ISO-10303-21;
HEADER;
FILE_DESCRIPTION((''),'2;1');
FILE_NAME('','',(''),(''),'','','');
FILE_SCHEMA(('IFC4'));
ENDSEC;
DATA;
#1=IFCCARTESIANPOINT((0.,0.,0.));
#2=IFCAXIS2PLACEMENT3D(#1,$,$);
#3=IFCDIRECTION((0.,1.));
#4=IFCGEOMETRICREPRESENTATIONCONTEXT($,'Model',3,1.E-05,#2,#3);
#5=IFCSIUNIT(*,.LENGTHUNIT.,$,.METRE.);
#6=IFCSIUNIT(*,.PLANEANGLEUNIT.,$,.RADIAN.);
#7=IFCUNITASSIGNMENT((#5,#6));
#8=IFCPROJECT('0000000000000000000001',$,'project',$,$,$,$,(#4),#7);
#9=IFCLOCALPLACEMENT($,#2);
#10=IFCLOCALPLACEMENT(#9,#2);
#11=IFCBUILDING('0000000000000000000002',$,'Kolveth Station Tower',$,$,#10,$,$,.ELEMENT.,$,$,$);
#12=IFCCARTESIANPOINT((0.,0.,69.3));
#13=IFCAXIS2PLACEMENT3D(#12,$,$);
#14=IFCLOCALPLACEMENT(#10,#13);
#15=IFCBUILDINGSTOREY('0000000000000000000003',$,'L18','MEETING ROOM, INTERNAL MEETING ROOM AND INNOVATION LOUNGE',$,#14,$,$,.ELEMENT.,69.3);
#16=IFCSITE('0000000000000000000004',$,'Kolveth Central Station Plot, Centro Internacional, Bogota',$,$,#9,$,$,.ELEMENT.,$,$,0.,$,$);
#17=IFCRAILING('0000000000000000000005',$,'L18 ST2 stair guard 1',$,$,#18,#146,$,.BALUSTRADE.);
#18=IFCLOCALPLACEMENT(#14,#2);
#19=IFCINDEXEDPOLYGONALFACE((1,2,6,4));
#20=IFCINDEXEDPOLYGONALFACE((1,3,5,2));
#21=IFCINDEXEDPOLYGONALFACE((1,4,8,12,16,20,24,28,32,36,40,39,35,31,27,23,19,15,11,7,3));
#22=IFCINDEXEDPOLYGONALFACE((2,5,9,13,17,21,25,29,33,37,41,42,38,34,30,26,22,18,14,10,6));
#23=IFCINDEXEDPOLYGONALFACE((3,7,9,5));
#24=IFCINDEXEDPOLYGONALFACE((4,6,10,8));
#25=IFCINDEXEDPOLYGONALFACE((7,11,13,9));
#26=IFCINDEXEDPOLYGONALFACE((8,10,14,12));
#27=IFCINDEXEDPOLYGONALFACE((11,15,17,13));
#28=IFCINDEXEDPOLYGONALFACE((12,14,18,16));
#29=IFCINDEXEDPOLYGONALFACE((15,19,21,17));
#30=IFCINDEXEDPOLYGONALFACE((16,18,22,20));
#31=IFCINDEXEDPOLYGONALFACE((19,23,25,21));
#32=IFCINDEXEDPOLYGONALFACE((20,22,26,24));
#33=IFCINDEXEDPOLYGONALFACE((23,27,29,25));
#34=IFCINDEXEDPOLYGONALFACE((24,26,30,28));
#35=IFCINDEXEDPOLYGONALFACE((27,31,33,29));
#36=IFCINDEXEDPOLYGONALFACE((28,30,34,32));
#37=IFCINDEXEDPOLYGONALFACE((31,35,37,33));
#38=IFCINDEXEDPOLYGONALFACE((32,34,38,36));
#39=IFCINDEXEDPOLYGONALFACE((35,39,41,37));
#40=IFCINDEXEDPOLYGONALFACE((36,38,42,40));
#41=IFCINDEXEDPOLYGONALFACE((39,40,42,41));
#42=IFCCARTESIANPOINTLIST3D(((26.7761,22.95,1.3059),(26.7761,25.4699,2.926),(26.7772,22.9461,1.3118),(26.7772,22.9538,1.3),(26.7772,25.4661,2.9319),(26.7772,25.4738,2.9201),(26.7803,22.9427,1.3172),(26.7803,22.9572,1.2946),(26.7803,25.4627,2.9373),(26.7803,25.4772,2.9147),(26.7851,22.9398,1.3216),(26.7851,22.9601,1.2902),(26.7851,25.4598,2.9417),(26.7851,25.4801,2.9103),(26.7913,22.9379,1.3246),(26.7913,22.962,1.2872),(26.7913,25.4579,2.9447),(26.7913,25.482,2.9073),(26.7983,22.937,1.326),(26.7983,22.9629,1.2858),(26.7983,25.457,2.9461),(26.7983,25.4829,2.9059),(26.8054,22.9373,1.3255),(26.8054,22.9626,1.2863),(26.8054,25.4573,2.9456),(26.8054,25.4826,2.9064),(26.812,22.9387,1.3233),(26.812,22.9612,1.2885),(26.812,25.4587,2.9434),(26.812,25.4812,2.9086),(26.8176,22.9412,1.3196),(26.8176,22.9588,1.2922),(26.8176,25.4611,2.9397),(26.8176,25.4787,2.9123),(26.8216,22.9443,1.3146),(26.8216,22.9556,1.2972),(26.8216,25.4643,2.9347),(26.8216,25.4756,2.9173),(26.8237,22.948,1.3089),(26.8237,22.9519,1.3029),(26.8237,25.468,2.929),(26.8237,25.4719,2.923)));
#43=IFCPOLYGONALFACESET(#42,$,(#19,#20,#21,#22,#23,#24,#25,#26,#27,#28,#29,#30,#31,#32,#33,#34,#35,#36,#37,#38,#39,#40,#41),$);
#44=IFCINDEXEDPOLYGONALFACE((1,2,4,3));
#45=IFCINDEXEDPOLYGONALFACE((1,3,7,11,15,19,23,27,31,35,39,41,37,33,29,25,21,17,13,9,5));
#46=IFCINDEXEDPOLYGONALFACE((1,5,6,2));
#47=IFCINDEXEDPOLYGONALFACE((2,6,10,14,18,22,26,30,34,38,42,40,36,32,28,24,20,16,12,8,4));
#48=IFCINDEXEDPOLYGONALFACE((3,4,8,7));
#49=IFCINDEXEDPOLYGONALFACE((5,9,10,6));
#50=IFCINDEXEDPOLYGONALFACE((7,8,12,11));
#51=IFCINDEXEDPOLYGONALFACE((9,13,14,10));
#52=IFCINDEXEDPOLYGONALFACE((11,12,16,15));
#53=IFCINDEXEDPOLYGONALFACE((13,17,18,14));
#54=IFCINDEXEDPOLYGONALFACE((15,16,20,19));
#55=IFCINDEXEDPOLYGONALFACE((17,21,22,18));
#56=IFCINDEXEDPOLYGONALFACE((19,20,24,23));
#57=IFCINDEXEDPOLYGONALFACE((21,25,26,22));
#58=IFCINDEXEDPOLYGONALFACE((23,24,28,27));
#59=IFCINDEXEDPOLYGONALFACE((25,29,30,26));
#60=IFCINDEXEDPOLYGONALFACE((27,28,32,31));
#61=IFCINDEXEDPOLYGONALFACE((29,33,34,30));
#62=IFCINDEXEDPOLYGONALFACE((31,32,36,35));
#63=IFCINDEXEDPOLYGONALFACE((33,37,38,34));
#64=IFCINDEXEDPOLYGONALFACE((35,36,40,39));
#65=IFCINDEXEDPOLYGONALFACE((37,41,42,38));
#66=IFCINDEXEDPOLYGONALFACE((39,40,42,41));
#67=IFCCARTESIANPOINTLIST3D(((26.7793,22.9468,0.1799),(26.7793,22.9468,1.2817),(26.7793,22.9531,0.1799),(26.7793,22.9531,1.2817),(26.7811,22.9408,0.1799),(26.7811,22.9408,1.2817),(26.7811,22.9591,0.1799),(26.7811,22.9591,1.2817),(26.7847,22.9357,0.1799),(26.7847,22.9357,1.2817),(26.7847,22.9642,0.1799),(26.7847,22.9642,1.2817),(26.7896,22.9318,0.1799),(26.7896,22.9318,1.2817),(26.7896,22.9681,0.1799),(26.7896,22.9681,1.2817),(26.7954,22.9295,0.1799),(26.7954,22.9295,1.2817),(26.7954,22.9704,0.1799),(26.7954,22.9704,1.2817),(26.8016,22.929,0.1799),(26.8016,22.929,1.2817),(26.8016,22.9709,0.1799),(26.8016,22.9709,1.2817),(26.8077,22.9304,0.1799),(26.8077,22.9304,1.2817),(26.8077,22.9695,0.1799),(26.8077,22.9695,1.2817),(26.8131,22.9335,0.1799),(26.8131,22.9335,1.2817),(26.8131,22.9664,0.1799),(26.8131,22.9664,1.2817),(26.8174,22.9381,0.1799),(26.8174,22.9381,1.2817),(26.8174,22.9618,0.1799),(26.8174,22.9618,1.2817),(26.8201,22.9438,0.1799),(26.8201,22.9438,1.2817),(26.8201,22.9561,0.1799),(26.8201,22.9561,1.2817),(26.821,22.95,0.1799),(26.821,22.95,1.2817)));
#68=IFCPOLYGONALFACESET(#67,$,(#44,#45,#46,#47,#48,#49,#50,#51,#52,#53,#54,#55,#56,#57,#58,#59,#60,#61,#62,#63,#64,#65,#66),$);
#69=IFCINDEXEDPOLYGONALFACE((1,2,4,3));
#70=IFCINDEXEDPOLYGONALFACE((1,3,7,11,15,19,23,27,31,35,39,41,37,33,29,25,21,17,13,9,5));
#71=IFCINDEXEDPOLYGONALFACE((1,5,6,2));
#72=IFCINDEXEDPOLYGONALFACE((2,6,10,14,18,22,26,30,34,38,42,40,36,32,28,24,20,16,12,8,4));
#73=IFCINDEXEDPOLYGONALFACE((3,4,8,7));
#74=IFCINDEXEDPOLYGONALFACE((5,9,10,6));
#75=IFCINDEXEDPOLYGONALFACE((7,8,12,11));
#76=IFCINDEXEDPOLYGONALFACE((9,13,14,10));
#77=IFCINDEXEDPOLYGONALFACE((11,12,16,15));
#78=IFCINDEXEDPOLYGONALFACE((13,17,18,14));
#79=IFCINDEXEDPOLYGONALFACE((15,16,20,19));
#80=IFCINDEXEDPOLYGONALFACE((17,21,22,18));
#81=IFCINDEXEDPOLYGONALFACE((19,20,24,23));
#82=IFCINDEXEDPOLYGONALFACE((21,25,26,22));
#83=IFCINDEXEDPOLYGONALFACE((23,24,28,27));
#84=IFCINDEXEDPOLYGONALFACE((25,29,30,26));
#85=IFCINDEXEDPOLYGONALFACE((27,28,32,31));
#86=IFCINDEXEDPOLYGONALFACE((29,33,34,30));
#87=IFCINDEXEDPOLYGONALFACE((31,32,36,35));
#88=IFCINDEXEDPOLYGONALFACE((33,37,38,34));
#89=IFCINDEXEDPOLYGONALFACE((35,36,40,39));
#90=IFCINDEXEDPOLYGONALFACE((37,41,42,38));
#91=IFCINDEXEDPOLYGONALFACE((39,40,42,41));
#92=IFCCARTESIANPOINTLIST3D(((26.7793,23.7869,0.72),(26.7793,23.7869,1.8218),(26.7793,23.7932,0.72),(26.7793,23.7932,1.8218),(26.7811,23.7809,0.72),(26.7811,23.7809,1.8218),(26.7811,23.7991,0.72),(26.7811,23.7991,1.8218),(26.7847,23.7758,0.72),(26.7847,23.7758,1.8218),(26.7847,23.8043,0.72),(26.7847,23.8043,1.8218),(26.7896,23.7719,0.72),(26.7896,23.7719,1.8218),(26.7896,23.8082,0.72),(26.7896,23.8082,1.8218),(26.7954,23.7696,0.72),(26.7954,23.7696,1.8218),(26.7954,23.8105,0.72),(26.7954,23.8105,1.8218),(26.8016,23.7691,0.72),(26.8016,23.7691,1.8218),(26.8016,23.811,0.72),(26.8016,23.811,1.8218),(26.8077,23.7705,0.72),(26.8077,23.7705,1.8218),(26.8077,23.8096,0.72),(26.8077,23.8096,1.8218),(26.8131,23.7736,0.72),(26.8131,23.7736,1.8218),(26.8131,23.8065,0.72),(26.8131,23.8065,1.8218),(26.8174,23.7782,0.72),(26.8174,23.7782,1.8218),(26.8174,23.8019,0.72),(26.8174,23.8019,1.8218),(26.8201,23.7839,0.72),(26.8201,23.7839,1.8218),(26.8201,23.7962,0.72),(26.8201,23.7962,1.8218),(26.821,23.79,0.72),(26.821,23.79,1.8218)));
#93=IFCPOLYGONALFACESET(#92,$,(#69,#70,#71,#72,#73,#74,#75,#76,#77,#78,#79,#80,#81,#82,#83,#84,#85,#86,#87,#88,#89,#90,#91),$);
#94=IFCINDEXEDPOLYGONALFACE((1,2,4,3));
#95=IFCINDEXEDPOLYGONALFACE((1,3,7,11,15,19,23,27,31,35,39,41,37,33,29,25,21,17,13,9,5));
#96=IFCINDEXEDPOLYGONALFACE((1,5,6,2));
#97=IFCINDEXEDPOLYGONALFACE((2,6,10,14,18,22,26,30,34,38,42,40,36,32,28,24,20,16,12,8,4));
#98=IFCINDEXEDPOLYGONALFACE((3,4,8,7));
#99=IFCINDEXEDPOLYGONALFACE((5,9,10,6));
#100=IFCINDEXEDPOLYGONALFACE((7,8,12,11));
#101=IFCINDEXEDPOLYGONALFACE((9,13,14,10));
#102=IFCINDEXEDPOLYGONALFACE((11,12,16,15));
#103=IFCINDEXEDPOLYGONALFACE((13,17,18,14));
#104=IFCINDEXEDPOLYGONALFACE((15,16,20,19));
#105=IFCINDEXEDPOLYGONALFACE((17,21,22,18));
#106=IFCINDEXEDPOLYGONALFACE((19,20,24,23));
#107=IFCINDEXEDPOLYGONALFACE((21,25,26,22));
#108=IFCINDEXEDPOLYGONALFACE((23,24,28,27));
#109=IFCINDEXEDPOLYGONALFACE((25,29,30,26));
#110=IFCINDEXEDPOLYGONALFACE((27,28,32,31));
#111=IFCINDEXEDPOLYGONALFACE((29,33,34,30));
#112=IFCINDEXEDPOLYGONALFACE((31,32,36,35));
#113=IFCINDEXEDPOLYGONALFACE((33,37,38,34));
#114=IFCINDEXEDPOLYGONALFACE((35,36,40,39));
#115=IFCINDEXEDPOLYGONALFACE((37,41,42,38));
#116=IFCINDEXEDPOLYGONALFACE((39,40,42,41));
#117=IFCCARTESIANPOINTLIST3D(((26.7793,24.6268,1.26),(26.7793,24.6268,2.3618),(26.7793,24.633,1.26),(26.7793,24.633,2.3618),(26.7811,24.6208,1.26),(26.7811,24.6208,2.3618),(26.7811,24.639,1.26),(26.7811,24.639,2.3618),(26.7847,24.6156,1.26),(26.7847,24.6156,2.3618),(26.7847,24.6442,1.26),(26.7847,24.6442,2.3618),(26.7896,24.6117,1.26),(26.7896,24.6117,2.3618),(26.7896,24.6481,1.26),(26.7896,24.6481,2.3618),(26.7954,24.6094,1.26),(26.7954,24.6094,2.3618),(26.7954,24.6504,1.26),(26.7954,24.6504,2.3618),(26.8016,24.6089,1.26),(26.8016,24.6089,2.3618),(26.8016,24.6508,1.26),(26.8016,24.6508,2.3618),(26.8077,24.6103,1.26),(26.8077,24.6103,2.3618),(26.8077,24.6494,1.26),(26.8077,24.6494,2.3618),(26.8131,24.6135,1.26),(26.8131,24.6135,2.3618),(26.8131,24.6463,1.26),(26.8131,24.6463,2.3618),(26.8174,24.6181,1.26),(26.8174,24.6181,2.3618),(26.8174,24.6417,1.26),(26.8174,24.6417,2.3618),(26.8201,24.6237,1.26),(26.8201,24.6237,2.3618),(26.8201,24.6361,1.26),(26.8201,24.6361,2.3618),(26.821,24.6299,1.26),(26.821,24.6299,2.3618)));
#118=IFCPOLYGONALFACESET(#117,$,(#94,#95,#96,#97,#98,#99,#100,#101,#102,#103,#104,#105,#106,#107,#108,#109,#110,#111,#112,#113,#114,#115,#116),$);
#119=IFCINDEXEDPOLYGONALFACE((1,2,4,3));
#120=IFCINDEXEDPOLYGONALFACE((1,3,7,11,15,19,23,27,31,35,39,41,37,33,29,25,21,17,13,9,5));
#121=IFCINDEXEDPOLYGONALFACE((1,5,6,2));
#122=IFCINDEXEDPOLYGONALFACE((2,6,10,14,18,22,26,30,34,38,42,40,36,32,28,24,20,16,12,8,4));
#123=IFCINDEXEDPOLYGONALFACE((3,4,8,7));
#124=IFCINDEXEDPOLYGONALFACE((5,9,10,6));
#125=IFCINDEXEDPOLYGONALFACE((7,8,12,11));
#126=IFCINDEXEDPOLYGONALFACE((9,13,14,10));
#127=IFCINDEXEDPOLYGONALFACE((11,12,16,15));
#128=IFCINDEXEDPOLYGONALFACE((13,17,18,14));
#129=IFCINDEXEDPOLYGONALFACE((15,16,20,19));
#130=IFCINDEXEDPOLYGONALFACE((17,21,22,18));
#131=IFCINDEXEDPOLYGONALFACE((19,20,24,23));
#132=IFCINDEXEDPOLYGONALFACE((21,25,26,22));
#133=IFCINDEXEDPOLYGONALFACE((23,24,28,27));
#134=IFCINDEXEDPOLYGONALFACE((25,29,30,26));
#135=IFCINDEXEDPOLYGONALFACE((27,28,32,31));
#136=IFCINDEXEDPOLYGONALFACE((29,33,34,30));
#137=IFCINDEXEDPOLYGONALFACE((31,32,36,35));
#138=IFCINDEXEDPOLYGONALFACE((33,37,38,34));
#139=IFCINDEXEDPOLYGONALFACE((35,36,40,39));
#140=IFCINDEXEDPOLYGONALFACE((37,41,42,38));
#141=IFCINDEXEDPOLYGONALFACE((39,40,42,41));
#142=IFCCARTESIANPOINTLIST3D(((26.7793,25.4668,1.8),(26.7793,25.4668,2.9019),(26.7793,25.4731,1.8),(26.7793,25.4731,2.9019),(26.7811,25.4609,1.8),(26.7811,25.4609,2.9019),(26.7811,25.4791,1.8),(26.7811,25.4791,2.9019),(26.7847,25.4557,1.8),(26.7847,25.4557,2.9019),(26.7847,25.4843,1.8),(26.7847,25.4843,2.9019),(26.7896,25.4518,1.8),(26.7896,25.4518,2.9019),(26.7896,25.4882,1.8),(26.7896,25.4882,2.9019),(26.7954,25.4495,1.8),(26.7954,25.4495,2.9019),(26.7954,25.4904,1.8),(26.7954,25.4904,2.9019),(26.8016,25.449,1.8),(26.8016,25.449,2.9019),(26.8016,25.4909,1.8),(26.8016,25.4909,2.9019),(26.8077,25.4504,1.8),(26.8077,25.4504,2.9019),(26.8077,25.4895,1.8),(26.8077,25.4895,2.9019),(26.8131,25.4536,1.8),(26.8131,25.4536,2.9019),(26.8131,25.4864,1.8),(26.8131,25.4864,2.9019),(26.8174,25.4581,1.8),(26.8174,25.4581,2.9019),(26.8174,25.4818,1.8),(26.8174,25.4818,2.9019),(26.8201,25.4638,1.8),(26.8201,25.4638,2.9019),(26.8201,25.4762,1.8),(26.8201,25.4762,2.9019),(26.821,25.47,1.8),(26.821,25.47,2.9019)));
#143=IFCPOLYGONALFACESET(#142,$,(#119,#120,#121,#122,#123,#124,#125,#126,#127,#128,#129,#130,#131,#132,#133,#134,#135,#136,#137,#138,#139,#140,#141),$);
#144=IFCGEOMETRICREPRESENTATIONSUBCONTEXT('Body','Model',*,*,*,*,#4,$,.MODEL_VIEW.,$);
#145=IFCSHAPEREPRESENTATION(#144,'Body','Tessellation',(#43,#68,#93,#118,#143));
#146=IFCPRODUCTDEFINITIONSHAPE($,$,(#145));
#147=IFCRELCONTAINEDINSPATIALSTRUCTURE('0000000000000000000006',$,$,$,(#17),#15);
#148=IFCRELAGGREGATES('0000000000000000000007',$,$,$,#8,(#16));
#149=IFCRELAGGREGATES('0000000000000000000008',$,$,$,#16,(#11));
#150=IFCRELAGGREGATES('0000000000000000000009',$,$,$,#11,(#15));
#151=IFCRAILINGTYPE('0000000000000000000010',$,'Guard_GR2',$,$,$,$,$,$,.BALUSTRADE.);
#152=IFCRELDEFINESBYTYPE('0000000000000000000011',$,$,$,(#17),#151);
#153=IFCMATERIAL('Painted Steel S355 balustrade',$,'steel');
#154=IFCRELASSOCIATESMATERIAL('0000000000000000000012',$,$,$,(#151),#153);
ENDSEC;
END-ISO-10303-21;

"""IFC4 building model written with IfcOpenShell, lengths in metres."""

from ifc_helpers import new_model, si_unit, direction, frame, origin, origin_2d, place, context, subcontext, project, spatial, circle, extrude, material, type_object, element, save


model = new_model("IFC4")

# Units and contexts
model_context = context("Model", 3, precision=1e-05, world=origin(), true_north=direction((0.0, 1.0)))
body_context = subcontext(model_context, "Body", "Model", "MODEL_VIEW")
ifc_project = project(units=[si_unit("LENGTHUNIT", "METRE"), si_unit("PLANEANGLEUNIT", "RADIAN")], contexts=[model_context])

# Site, building, storey
site_placement = place(None, origin())
site = spatial("IfcSite", under=ifc_project, at=site_placement, Name="Kolveth Central Station Plot, Centro Internacional, Bogota", CompositionType="ELEMENT", RefElevation=0.0)
building_placement = place(site_placement, origin())
building = spatial("IfcBuilding", under=site, at=building_placement, Name="Kolveth Station Tower", CompositionType="ELEMENT")
storey_placement = place(building_placement, frame((0.0, 0.0, 69.3)))
storey = spatial("IfcBuildingStorey", under=building, at=storey_placement, Name="L18", Description="MEETING ROOM, INTERNAL MEETING ROOM AND INNOVATION LOUNGE", CompositionType="ELEMENT", Elevation=69.3)

# Railing
ifc_material_1 = material(Name="Painted Steel S355 balustrade", Category="steel")
railing_type_1 = type_object("IfcRailingType", Name="Guard_GR2", PredefinedType="BALUSTRADE", material=ifc_material_1)
railing_1_placement = place(storey_placement, frame((26.8, 22.95, 0.1799)))
element("IfcRailing", 1, at=railing_1_placement, inside=storey, type_object=railing_type_1, Name="L18 ST2 stair guard 1", PredefinedType="BALUSTRADE", context=body_context, shape_type="SweptSolid", body=[
    extrude(circle(Radius=0.0239, at=origin_2d()), frame((0.0, 0.0, 1.126), z_axis=(0.0, 0.841163, 0.540782), x_axis=(-1.0, 0.0, 0.0)), (0.0, 0.0, 1.0), 2.9958),
    extrude(circle(Radius=0.021, at=origin_2d()), origin(), (0.0, 0.0, 1.0), 1.1018),
    extrude(circle(Radius=0.021, at=origin_2d()), frame((0.0, 0.8401, 0.54)), (0.0, 0.0, 1.0), 1.1018),
    extrude(circle(Radius=0.021, at=origin_2d()), frame((0.0, 1.6799, 1.0801)), (0.0, 0.0, 1.0), 1.1018),
    extrude(circle(Radius=0.021, at=origin_2d()), frame((0.0, 2.52, 1.6201)), (0.0, 0.0, 1.0), 1.1018),
])

save(model, "model.ifc")
